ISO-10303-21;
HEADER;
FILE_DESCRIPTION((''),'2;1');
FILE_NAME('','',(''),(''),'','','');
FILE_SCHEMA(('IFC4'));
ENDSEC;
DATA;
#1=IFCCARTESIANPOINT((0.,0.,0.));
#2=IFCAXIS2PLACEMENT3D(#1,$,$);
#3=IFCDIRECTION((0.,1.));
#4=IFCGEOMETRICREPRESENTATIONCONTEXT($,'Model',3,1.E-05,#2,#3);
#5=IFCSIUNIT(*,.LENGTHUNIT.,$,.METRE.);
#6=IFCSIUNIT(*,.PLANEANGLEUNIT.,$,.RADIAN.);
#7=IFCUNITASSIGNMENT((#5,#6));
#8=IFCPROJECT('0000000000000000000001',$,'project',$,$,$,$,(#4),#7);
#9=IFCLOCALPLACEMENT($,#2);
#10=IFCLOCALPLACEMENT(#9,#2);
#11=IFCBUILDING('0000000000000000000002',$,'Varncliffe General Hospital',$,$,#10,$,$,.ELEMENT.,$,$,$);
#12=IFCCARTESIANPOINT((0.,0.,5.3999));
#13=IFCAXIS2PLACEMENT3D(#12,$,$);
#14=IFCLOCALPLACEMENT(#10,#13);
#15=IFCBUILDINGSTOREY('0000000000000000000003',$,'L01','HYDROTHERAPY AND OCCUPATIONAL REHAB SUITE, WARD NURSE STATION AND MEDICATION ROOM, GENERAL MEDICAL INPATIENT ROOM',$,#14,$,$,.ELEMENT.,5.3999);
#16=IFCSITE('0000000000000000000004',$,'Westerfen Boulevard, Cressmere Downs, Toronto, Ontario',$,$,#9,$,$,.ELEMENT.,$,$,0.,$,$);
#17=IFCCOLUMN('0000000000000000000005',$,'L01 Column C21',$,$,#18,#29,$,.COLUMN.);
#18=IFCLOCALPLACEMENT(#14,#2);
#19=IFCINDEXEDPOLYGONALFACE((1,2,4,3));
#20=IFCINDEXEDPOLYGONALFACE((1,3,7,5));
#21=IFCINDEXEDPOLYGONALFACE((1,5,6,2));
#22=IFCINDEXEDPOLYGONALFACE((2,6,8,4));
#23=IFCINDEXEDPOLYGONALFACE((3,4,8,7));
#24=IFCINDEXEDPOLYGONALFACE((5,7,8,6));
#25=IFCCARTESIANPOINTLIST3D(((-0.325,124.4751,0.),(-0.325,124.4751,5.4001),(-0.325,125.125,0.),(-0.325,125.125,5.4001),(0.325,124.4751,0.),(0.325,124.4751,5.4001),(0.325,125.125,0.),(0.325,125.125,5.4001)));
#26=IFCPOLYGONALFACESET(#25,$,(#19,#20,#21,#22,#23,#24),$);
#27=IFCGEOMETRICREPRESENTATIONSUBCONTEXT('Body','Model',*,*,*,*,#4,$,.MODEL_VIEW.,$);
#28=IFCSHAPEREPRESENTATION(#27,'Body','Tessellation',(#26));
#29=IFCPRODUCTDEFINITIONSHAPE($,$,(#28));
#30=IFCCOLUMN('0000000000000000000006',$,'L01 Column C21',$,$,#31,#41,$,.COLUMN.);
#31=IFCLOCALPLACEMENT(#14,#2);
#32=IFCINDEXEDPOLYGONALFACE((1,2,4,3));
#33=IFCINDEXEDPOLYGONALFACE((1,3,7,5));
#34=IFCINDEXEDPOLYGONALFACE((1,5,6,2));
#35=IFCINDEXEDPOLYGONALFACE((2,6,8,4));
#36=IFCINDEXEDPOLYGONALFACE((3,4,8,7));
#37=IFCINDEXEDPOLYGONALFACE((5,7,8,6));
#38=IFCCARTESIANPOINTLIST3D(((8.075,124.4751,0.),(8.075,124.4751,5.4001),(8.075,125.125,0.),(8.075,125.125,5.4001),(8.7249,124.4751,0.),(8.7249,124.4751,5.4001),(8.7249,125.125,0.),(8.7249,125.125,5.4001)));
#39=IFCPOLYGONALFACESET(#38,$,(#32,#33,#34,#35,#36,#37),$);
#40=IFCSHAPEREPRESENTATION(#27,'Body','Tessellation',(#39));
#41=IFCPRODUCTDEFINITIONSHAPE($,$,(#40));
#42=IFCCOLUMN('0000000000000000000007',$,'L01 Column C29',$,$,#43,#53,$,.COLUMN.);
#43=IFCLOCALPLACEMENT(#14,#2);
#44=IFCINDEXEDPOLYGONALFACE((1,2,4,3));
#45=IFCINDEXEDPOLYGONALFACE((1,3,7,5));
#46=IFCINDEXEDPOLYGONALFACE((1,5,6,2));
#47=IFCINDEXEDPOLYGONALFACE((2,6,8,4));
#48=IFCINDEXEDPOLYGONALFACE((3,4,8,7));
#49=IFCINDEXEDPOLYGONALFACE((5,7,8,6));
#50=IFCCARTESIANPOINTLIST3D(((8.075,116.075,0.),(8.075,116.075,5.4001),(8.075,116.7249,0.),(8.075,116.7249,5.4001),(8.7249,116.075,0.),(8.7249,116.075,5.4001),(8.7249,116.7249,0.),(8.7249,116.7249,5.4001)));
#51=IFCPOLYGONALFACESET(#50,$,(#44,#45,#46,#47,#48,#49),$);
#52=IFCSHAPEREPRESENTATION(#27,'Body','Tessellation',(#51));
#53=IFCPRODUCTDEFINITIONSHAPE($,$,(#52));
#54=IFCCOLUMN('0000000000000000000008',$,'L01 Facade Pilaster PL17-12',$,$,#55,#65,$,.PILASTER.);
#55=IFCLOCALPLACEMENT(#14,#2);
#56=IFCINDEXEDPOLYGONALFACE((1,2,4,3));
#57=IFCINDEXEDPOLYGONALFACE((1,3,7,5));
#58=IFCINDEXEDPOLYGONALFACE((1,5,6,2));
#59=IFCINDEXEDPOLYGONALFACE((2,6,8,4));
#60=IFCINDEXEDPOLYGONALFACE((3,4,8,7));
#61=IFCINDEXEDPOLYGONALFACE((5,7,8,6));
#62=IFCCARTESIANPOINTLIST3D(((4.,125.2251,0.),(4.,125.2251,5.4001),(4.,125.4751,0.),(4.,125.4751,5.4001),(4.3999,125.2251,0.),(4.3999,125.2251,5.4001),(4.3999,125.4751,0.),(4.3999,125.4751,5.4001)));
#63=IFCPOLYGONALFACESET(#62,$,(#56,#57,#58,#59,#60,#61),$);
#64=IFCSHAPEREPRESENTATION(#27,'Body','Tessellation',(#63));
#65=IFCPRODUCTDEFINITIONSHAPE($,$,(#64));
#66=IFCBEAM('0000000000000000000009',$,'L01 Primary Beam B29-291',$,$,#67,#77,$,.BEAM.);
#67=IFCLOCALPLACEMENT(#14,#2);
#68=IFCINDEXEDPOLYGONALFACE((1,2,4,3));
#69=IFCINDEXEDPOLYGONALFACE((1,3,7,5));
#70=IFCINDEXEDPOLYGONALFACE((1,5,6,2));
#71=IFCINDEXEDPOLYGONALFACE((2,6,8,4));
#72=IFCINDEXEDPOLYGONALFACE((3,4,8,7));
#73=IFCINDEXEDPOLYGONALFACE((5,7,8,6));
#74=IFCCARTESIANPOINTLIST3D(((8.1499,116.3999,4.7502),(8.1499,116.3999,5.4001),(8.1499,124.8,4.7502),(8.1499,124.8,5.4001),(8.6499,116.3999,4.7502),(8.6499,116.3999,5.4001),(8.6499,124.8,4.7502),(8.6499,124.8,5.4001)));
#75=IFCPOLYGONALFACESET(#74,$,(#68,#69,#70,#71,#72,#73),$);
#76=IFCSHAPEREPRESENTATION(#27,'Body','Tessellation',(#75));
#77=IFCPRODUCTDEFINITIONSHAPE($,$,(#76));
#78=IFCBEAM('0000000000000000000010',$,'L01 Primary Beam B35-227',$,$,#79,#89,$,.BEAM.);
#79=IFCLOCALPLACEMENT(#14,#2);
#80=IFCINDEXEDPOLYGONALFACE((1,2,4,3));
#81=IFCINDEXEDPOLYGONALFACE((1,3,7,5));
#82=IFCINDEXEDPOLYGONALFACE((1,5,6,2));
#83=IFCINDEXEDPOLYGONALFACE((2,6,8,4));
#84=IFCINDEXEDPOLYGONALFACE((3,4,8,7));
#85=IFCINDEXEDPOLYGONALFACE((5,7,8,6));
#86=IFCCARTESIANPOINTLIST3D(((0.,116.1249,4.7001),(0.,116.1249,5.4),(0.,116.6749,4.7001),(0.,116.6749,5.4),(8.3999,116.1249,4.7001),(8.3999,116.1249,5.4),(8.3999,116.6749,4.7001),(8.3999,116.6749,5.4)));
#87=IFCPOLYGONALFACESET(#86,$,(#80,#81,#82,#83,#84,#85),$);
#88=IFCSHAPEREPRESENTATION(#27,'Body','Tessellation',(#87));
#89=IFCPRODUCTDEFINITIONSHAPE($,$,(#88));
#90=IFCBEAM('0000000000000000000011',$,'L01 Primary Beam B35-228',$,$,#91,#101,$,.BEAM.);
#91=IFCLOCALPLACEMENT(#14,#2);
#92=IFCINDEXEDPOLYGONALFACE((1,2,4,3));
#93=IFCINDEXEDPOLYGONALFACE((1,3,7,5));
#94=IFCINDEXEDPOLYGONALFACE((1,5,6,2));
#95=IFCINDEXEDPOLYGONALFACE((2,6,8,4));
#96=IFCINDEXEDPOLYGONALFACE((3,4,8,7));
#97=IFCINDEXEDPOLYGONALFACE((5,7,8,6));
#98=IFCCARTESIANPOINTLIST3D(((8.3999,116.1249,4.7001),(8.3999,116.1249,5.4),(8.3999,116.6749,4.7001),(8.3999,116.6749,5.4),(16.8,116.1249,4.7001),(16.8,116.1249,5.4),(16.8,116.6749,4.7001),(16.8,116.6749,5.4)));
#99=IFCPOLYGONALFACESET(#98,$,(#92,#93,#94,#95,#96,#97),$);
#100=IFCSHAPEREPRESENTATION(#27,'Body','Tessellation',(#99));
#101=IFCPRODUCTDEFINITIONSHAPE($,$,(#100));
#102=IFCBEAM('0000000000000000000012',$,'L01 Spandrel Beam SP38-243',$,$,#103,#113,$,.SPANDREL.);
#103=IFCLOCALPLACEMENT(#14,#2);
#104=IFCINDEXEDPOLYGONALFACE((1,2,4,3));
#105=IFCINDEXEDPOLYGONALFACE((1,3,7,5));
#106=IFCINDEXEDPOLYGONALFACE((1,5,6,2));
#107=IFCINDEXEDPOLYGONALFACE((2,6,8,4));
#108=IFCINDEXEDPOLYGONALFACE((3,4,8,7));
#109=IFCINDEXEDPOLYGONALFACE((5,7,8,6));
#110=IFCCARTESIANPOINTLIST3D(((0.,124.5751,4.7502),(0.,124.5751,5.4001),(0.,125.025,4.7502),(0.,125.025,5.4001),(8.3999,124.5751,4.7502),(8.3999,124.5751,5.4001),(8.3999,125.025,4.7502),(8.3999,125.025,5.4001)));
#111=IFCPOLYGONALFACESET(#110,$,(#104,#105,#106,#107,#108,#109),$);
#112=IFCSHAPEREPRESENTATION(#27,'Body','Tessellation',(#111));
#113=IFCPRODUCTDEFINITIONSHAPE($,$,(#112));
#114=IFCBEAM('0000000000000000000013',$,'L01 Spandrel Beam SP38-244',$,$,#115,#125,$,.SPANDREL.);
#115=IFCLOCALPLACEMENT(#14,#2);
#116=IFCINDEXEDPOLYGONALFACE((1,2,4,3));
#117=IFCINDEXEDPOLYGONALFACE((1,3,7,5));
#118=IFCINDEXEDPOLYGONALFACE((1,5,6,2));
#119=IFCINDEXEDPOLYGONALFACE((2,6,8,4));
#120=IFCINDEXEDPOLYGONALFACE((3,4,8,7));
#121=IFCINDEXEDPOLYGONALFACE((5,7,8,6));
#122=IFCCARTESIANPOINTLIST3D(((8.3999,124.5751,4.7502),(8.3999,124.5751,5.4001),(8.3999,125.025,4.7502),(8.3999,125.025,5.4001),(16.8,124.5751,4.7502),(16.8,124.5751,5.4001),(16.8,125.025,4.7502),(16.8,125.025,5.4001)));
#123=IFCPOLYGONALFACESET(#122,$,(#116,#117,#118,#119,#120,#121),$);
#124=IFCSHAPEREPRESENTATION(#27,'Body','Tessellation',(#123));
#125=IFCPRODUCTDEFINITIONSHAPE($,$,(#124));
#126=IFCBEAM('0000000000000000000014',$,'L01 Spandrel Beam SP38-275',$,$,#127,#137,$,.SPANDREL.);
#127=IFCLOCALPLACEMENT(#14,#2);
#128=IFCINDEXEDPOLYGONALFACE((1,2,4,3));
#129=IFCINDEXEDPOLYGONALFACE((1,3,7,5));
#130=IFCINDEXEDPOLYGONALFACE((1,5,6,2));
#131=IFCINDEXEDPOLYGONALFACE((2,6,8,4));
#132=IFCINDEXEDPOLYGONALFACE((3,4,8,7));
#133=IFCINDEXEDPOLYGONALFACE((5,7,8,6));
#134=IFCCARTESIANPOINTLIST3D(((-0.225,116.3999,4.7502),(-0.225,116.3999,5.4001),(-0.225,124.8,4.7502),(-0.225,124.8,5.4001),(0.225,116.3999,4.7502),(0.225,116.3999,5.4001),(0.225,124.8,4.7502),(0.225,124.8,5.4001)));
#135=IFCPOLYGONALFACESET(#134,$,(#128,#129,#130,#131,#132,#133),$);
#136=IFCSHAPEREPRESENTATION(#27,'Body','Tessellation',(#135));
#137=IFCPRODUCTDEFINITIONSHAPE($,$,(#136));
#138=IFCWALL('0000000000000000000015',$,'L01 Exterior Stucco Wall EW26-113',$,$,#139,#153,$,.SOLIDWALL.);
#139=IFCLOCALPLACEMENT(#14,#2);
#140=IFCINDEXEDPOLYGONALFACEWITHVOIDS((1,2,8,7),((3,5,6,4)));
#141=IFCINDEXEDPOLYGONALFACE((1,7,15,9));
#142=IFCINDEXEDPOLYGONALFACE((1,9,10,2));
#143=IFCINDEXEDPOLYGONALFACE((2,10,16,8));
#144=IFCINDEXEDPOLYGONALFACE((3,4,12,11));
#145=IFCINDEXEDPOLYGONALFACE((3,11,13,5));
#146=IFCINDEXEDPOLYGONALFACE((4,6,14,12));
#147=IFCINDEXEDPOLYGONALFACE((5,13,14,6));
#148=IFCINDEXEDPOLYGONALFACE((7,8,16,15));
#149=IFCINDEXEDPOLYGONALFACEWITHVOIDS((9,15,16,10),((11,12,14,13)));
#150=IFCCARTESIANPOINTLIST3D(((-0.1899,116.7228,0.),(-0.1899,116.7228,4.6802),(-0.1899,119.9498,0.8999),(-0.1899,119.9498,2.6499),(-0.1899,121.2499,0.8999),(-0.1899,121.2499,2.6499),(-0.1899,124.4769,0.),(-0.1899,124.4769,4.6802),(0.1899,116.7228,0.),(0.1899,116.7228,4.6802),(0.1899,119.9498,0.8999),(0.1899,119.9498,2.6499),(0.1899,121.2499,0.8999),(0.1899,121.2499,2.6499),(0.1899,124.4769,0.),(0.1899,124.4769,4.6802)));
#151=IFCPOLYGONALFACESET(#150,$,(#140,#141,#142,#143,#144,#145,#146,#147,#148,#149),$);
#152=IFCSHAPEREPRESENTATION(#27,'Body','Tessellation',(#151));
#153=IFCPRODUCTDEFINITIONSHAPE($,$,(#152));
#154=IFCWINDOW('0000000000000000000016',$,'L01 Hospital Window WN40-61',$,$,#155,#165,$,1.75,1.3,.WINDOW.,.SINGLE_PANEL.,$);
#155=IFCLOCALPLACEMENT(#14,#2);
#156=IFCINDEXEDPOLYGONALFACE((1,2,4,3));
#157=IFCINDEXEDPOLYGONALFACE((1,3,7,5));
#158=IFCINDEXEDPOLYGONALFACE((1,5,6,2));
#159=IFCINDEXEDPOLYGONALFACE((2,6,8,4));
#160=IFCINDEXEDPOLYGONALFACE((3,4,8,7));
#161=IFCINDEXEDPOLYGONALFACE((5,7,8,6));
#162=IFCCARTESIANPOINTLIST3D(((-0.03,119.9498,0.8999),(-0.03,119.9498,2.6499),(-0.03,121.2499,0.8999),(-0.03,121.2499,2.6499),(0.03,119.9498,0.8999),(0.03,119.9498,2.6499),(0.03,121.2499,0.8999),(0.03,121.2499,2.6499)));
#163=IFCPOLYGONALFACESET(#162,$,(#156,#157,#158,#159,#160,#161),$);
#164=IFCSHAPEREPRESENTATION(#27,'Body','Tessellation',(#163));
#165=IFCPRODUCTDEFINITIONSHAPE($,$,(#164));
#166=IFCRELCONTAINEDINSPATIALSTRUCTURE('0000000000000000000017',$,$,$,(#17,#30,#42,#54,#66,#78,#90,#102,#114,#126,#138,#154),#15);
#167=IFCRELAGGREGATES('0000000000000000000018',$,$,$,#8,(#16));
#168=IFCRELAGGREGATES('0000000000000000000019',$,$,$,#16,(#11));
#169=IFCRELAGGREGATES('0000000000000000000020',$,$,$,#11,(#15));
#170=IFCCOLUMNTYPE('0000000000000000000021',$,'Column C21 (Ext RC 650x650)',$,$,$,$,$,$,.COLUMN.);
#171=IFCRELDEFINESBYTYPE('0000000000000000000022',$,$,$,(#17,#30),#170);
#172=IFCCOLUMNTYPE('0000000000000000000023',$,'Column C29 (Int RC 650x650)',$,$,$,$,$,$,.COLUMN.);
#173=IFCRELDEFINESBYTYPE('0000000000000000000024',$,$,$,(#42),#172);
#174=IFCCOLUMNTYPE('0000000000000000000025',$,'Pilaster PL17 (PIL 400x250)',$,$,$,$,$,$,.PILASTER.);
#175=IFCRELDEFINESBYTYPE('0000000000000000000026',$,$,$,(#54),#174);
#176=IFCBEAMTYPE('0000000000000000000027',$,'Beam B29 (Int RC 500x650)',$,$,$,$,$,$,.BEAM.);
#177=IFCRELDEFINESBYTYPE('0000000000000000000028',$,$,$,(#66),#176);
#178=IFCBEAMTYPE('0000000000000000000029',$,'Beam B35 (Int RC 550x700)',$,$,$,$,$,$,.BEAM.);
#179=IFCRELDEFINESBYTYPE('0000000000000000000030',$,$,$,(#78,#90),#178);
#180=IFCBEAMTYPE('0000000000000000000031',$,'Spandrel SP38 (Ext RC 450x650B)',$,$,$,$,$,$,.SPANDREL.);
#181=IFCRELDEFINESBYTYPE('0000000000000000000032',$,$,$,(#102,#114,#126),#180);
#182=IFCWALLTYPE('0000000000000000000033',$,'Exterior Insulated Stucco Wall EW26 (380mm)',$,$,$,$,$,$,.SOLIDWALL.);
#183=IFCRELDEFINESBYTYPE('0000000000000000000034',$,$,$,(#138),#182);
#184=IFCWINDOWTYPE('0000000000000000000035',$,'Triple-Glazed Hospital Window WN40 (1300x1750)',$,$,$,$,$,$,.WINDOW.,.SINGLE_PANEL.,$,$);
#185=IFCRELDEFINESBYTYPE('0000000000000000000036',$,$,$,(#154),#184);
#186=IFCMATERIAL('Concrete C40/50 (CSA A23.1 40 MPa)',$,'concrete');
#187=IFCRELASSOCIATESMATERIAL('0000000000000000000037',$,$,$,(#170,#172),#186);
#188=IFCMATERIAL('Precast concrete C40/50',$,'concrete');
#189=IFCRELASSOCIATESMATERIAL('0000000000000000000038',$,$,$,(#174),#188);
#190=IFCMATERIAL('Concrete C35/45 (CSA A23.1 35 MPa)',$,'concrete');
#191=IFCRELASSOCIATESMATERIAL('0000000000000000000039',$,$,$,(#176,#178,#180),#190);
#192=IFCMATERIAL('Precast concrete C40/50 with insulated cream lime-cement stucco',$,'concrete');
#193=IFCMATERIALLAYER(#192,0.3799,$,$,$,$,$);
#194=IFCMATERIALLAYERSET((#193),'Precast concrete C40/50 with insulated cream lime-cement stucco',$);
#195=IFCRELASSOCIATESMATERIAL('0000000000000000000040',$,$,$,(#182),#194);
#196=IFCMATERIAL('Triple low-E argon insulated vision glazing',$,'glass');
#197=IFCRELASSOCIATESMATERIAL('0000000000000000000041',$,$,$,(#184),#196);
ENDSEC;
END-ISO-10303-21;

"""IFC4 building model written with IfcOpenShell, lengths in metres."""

from ifc_helpers import new_model, si_unit, direction, frame, frame_2d, origin, origin_2d, place, context, subcontext, project, spatial, rectangle, extrude, material, layer, layer_set, material_profile, profile_set, type_object, element, fill, save


model = new_model("IFC4")

# Units and contexts
model_context = context("Model", 3, precision=1e-05, world=origin(), true_north=direction((0.0, 1.0)))
body_context = subcontext(model_context, "Body", "Model", "MODEL_VIEW")
ifc_project = project(units=[si_unit("LENGTHUNIT", "METRE"), si_unit("PLANEANGLEUNIT", "RADIAN")], contexts=[model_context])

# Site, building, storey
site_placement = place(None, origin())
site = spatial("IfcSite", under=ifc_project, at=site_placement, Name="Westerfen Boulevard, Cressmere Downs, Toronto, Ontario", CompositionType="ELEMENT", RefElevation=0.0)
building_placement = place(site_placement, origin())
building = spatial("IfcBuilding", under=site, at=building_placement, Name="Varncliffe General Hospital", CompositionType="ELEMENT")
storey_placement = place(building_placement, frame((0.0, 0.0, 5.3999)))
storey = spatial("IfcBuildingStorey", under=building, at=storey_placement, Name="L01", Description="HYDROTHERAPY AND OCCUPATIONAL REHAB SUITE, WARD NURSE STATION AND MEDICATION ROOM, GENERAL MEDICAL INPATIENT ROOM", CompositionType="ELEMENT", Elevation=5.3999)

# Columns
ifc_material_1 = material(Name="Concrete C40/50 (CSA A23.1 40 MPa)", Category="concrete")
ifc_material_profile_1 = material_profile(ifc_material_1, rectangle(XDim=0.6499, YDim=0.6499, at=origin_2d()), Name="RC 650x650")
ifc_profile_set_1 = profile_set([ifc_material_profile_1], Name="Concrete C40/50 (CSA A23.1 40 MPa)")
column_type_1 = type_object("IfcColumnType", Name="Column C21 (Ext RC 650x650)", PredefinedType="COLUMN", material=ifc_profile_set_1)
for number, where, z_axis, x_axis, name in (
    (1, (0.0, 124.8, 0.0), (0.0, 0.0, 1.0), (1.0, 0.0, 0.0), "L01 Column C21"),
    (2, (8.3999, 124.8, 0.0), (0.0, 0.0, 1.0), (1.0, 0.0, 0.0), "L01 Column C21"),
):
    element("IfcColumn", number, at=place(storey_placement, frame(where, z_axis=z_axis, x_axis=x_axis)), inside=storey, type_object=column_type_1, Name=name, PredefinedType="COLUMN", context=body_context, shape_type="SweptSolid", body=[
        extrude(rectangle(XDim=0.6499, YDim=0.6499, at=origin_2d()), origin(), (0.0, 0.0, 1.0), 5.4001),
    ])
ifc_material_profile_2 = material_profile(ifc_material_1, rectangle(XDim=0.6499, YDim=0.6499, at=origin_2d()), Name="RC 650x650")
ifc_profile_set_2 = profile_set([ifc_material_profile_2], Name="Concrete C40/50 (CSA A23.1 40 MPa)")
column_type_2 = type_object("IfcColumnType", Name="Column C29 (Int RC 650x650)", PredefinedType="COLUMN", material=ifc_profile_set_2)
column_1_placement = place(storey_placement, frame((8.3999, 116.3999, 0.0), z_axis=(0.0, 0.0, 1.0), x_axis=(1.0, 0.0, 0.0)))
element("IfcColumn", 3, at=column_1_placement, inside=storey, type_object=column_type_2, Name="L01 Column C29", PredefinedType="COLUMN", context=body_context, shape_type="SweptSolid", body=[
    extrude(rectangle(XDim=0.6499, YDim=0.6499, at=origin_2d()), origin(), (0.0, 0.0, 1.0), 5.4001),
])
ifc_material_2 = material(Name="Precast concrete C40/50", Category="concrete")
ifc_material_profile_3 = material_profile(ifc_material_2, rectangle(XDim=0.3999, YDim=0.25, at=origin_2d()), Name="PIL 400x250")
ifc_profile_set_3 = profile_set([ifc_material_profile_3], Name="Precast concrete C40/50")
column_type_3 = type_object("IfcColumnType", Name="Pilaster PL17 (PIL 400x250)", PredefinedType="PILASTER", material=ifc_profile_set_3)
column_2_placement = place(storey_placement, frame((4.2, 125.3501, 0.0), z_axis=(0.0, 0.0, 1.0), x_axis=(1.0, 0.0, 0.0)))
element("IfcColumn", 4, at=column_2_placement, inside=storey, type_object=column_type_3, Name="L01 Facade Pilaster PL17-12", PredefinedType="PILASTER", context=body_context, shape_type="SweptSolid", body=[
    extrude(rectangle(XDim=0.3999, YDim=0.25, at=origin_2d()), origin(), (0.0, 0.0, 1.0), 5.4001),
])

# Beams
ifc_material_3 = material(Name="Concrete C35/45 (CSA A23.1 35 MPa)", Category="concrete")
ifc_material_profile_4 = material_profile(ifc_material_3, rectangle(XDim=0.5, YDim=0.6499, at=origin_2d()), Name="RC 500x650")
ifc_profile_set_4 = profile_set([ifc_material_profile_4], Name="Concrete C35/45 (CSA A23.1 35 MPa)")
beam_type_1 = type_object("IfcBeamType", Name="Beam B29 (Int RC 500x650)", PredefinedType="BEAM", material=ifc_profile_set_4)
beam_1_placement = place(storey_placement, frame((8.3999, 116.3999, 5.0752), z_axis=(0.0, 1.0, 0.0), x_axis=(-1.0, 0.0, 0.0)))
element("IfcBeam", 5, at=beam_1_placement, inside=storey, type_object=beam_type_1, Name="L01 Primary Beam B29-291", PredefinedType="BEAM", context=body_context, shape_type="SweptSolid", body=[
    extrude(rectangle(XDim=0.5, YDim=0.6499, at=origin_2d()), origin(), (0.0, 0.0, 1.0), 8.4001),
])
ifc_material_profile_5 = material_profile(ifc_material_3, rectangle(XDim=0.55, YDim=0.7, at=origin_2d()), Name="RC 550x700")
ifc_profile_set_5 = profile_set([ifc_material_profile_5], Name="Concrete C35/45 (CSA A23.1 35 MPa)")
beam_type_2 = type_object("IfcBeamType", Name="Beam B35 (Int RC 550x700)", PredefinedType="BEAM", material=ifc_profile_set_5)
beam_2_placement = place(storey_placement, frame((0.0, 116.3999, 5.05), z_axis=(1.0, 0.0, 0.0), x_axis=(0.0, 1.0, 0.0)))
element("IfcBeam", 6, at=beam_2_placement, inside=storey, type_object=beam_type_2, Name="L01 Primary Beam B35-227", PredefinedType="BEAM", context=body_context, shape_type="SweptSolid", body=[
    extrude(rectangle(XDim=0.55, YDim=0.7, at=origin_2d()), origin(), (0.0, 0.0, 1.0), 8.3999),
])
beam_3_placement = place(storey_placement, frame((8.3999, 116.3999, 5.05), z_axis=(1.0, 0.0, 0.0), x_axis=(0.0, 1.0, 0.0)))
element("IfcBeam", 7, at=beam_3_placement, inside=storey, type_object=beam_type_2, Name="L01 Primary Beam B35-228", PredefinedType="BEAM", context=body_context, shape_type="SweptSolid", body=[
    extrude(rectangle(XDim=0.55, YDim=0.7, at=origin_2d()), origin(), (0.0, 0.0, 1.0), 8.4001),
])
ifc_material_profile_6 = material_profile(ifc_material_3, rectangle(XDim=0.45, YDim=0.6499, at=origin_2d()), Name="RC 450x650")
ifc_profile_set_6 = profile_set([ifc_material_profile_6], Name="Concrete C35/45 (CSA A23.1 35 MPa)")
beam_type_3 = type_object("IfcBeamType", Name="Spandrel SP38 (Ext RC 450x650B)", PredefinedType="SPANDREL", material=ifc_profile_set_6)
beam_4_placement = place(storey_placement, frame((0.0, 124.8, 5.0752), z_axis=(1.0, 0.0, 0.0), x_axis=(0.0, 1.0, 0.0)))
element("IfcBeam", 8, at=beam_4_placement, inside=storey, type_object=beam_type_3, Name="L01 Spandrel Beam SP38-243", PredefinedType="SPANDREL", context=body_context, shape_type="SweptSolid", body=[
    extrude(rectangle(XDim=0.45, YDim=0.6499, at=origin_2d()), origin(), (0.0, 0.0, 1.0), 8.3999),
])
for number, where, z_axis, x_axis, name in (
    (9, (8.3999, 124.8, 5.0752), (1.0, 0.0, 0.0), (0.0, 1.0, 0.0), "L01 Spandrel Beam SP38-244"),
    (10, (0.0, 116.3999, 5.0752), (0.0, 1.0, 0.0), (-1.0, 0.0, 0.0), "L01 Spandrel Beam SP38-275"),
):
    element("IfcBeam", number, at=place(storey_placement, frame(where, z_axis=z_axis, x_axis=x_axis)), inside=storey, type_object=beam_type_3, Name=name, PredefinedType="SPANDREL", context=body_context, shape_type="SweptSolid", body=[
        extrude(rectangle(XDim=0.45, YDim=0.6499, at=origin_2d()), origin(), (0.0, 0.0, 1.0), 8.4001),
    ])

# Wall, opening, window
ifc_material_4 = material(Name="Precast concrete C40/50 with insulated cream lime-cement stucco", Category="concrete")
ifc_layer_1 = layer(ifc_material_4, 0.3799)
ifc_layer_set_1 = layer_set([ifc_layer_1], Name="Precast concrete C40/50 with insulated cream lime-cement stucco")
wall_type_1 = type_object("IfcWallType", Name="Exterior Insulated Stucco Wall EW26 (380mm)", PredefinedType="SOLIDWALL", material=ifc_layer_set_1)
wall_1_placement = place(storey_placement, frame((0.0, 116.7229, 0.0), z_axis=(0.0, 0.0, 1.0), x_axis=(0.0, 1.0, 0.0)))
wall_1 = element("IfcWall", 11, at=wall_1_placement, inside=storey, type_object=wall_type_1, Name="L01 Exterior Stucco Wall EW26-113", PredefinedType="SOLIDWALL", context=body_context, shape_type="SweptSolid", body=[
    extrude(rectangle(XDim=7.7542, YDim=0.3799, at=frame_2d((3.877, 0.0))), origin(), (0.0, 0.0, 1.0), 4.6802),
])
opening_1_placement = place(wall_1_placement, frame((3.2271, 0.0, 0.8999)))
opening_1 = element("IfcOpeningElement", 12, at=opening_1_placement, cuts=wall_1, PredefinedType="OPENING", context=body_context, shape_type="SweptSolid", body=[
    extrude(rectangle(XDim=1.3, YDim=1.75, at=frame_2d((0.6499, 0.875))), frame((0.0, 0.2, 0.0), z_axis=(0.0, -1.0, 0.0), x_axis=(1.0, 0.0, 0.0)), (0.0, 0.0, 1.0), 0.3999),
])
ifc_material_5 = material(Name="Triple low-E argon insulated vision glazing", Category="glass")
window_type_1 = type_object("IfcWindowType", Name="Triple-Glazed Hospital Window WN40 (1300x1750)", PartitioningType="SINGLE_PANEL", PredefinedType="WINDOW", material=ifc_material_5)
window_1_placement = place(opening_1_placement, origin())
window_1 = element("IfcWindow", 13, at=window_1_placement, inside=storey, type_object=window_type_1, Name="L01 Hospital Window WN40-61", OverallHeight=1.75, OverallWidth=1.3, PartitioningType="SINGLE_PANEL", PredefinedType="WINDOW", context=body_context, shape_type="SweptSolid", body=[
    extrude(rectangle(XDim=1.3, YDim=1.75, at=frame_2d((0.6499, 0.875))), frame((0.0, 0.03, 0.0), z_axis=(0.0, -1.0, 0.0), x_axis=(1.0, 0.0, 0.0)), (0.0, 0.0, 1.0), 0.0601),
])
fill(opening_1, window_1)

save(model, "model.ifc")
